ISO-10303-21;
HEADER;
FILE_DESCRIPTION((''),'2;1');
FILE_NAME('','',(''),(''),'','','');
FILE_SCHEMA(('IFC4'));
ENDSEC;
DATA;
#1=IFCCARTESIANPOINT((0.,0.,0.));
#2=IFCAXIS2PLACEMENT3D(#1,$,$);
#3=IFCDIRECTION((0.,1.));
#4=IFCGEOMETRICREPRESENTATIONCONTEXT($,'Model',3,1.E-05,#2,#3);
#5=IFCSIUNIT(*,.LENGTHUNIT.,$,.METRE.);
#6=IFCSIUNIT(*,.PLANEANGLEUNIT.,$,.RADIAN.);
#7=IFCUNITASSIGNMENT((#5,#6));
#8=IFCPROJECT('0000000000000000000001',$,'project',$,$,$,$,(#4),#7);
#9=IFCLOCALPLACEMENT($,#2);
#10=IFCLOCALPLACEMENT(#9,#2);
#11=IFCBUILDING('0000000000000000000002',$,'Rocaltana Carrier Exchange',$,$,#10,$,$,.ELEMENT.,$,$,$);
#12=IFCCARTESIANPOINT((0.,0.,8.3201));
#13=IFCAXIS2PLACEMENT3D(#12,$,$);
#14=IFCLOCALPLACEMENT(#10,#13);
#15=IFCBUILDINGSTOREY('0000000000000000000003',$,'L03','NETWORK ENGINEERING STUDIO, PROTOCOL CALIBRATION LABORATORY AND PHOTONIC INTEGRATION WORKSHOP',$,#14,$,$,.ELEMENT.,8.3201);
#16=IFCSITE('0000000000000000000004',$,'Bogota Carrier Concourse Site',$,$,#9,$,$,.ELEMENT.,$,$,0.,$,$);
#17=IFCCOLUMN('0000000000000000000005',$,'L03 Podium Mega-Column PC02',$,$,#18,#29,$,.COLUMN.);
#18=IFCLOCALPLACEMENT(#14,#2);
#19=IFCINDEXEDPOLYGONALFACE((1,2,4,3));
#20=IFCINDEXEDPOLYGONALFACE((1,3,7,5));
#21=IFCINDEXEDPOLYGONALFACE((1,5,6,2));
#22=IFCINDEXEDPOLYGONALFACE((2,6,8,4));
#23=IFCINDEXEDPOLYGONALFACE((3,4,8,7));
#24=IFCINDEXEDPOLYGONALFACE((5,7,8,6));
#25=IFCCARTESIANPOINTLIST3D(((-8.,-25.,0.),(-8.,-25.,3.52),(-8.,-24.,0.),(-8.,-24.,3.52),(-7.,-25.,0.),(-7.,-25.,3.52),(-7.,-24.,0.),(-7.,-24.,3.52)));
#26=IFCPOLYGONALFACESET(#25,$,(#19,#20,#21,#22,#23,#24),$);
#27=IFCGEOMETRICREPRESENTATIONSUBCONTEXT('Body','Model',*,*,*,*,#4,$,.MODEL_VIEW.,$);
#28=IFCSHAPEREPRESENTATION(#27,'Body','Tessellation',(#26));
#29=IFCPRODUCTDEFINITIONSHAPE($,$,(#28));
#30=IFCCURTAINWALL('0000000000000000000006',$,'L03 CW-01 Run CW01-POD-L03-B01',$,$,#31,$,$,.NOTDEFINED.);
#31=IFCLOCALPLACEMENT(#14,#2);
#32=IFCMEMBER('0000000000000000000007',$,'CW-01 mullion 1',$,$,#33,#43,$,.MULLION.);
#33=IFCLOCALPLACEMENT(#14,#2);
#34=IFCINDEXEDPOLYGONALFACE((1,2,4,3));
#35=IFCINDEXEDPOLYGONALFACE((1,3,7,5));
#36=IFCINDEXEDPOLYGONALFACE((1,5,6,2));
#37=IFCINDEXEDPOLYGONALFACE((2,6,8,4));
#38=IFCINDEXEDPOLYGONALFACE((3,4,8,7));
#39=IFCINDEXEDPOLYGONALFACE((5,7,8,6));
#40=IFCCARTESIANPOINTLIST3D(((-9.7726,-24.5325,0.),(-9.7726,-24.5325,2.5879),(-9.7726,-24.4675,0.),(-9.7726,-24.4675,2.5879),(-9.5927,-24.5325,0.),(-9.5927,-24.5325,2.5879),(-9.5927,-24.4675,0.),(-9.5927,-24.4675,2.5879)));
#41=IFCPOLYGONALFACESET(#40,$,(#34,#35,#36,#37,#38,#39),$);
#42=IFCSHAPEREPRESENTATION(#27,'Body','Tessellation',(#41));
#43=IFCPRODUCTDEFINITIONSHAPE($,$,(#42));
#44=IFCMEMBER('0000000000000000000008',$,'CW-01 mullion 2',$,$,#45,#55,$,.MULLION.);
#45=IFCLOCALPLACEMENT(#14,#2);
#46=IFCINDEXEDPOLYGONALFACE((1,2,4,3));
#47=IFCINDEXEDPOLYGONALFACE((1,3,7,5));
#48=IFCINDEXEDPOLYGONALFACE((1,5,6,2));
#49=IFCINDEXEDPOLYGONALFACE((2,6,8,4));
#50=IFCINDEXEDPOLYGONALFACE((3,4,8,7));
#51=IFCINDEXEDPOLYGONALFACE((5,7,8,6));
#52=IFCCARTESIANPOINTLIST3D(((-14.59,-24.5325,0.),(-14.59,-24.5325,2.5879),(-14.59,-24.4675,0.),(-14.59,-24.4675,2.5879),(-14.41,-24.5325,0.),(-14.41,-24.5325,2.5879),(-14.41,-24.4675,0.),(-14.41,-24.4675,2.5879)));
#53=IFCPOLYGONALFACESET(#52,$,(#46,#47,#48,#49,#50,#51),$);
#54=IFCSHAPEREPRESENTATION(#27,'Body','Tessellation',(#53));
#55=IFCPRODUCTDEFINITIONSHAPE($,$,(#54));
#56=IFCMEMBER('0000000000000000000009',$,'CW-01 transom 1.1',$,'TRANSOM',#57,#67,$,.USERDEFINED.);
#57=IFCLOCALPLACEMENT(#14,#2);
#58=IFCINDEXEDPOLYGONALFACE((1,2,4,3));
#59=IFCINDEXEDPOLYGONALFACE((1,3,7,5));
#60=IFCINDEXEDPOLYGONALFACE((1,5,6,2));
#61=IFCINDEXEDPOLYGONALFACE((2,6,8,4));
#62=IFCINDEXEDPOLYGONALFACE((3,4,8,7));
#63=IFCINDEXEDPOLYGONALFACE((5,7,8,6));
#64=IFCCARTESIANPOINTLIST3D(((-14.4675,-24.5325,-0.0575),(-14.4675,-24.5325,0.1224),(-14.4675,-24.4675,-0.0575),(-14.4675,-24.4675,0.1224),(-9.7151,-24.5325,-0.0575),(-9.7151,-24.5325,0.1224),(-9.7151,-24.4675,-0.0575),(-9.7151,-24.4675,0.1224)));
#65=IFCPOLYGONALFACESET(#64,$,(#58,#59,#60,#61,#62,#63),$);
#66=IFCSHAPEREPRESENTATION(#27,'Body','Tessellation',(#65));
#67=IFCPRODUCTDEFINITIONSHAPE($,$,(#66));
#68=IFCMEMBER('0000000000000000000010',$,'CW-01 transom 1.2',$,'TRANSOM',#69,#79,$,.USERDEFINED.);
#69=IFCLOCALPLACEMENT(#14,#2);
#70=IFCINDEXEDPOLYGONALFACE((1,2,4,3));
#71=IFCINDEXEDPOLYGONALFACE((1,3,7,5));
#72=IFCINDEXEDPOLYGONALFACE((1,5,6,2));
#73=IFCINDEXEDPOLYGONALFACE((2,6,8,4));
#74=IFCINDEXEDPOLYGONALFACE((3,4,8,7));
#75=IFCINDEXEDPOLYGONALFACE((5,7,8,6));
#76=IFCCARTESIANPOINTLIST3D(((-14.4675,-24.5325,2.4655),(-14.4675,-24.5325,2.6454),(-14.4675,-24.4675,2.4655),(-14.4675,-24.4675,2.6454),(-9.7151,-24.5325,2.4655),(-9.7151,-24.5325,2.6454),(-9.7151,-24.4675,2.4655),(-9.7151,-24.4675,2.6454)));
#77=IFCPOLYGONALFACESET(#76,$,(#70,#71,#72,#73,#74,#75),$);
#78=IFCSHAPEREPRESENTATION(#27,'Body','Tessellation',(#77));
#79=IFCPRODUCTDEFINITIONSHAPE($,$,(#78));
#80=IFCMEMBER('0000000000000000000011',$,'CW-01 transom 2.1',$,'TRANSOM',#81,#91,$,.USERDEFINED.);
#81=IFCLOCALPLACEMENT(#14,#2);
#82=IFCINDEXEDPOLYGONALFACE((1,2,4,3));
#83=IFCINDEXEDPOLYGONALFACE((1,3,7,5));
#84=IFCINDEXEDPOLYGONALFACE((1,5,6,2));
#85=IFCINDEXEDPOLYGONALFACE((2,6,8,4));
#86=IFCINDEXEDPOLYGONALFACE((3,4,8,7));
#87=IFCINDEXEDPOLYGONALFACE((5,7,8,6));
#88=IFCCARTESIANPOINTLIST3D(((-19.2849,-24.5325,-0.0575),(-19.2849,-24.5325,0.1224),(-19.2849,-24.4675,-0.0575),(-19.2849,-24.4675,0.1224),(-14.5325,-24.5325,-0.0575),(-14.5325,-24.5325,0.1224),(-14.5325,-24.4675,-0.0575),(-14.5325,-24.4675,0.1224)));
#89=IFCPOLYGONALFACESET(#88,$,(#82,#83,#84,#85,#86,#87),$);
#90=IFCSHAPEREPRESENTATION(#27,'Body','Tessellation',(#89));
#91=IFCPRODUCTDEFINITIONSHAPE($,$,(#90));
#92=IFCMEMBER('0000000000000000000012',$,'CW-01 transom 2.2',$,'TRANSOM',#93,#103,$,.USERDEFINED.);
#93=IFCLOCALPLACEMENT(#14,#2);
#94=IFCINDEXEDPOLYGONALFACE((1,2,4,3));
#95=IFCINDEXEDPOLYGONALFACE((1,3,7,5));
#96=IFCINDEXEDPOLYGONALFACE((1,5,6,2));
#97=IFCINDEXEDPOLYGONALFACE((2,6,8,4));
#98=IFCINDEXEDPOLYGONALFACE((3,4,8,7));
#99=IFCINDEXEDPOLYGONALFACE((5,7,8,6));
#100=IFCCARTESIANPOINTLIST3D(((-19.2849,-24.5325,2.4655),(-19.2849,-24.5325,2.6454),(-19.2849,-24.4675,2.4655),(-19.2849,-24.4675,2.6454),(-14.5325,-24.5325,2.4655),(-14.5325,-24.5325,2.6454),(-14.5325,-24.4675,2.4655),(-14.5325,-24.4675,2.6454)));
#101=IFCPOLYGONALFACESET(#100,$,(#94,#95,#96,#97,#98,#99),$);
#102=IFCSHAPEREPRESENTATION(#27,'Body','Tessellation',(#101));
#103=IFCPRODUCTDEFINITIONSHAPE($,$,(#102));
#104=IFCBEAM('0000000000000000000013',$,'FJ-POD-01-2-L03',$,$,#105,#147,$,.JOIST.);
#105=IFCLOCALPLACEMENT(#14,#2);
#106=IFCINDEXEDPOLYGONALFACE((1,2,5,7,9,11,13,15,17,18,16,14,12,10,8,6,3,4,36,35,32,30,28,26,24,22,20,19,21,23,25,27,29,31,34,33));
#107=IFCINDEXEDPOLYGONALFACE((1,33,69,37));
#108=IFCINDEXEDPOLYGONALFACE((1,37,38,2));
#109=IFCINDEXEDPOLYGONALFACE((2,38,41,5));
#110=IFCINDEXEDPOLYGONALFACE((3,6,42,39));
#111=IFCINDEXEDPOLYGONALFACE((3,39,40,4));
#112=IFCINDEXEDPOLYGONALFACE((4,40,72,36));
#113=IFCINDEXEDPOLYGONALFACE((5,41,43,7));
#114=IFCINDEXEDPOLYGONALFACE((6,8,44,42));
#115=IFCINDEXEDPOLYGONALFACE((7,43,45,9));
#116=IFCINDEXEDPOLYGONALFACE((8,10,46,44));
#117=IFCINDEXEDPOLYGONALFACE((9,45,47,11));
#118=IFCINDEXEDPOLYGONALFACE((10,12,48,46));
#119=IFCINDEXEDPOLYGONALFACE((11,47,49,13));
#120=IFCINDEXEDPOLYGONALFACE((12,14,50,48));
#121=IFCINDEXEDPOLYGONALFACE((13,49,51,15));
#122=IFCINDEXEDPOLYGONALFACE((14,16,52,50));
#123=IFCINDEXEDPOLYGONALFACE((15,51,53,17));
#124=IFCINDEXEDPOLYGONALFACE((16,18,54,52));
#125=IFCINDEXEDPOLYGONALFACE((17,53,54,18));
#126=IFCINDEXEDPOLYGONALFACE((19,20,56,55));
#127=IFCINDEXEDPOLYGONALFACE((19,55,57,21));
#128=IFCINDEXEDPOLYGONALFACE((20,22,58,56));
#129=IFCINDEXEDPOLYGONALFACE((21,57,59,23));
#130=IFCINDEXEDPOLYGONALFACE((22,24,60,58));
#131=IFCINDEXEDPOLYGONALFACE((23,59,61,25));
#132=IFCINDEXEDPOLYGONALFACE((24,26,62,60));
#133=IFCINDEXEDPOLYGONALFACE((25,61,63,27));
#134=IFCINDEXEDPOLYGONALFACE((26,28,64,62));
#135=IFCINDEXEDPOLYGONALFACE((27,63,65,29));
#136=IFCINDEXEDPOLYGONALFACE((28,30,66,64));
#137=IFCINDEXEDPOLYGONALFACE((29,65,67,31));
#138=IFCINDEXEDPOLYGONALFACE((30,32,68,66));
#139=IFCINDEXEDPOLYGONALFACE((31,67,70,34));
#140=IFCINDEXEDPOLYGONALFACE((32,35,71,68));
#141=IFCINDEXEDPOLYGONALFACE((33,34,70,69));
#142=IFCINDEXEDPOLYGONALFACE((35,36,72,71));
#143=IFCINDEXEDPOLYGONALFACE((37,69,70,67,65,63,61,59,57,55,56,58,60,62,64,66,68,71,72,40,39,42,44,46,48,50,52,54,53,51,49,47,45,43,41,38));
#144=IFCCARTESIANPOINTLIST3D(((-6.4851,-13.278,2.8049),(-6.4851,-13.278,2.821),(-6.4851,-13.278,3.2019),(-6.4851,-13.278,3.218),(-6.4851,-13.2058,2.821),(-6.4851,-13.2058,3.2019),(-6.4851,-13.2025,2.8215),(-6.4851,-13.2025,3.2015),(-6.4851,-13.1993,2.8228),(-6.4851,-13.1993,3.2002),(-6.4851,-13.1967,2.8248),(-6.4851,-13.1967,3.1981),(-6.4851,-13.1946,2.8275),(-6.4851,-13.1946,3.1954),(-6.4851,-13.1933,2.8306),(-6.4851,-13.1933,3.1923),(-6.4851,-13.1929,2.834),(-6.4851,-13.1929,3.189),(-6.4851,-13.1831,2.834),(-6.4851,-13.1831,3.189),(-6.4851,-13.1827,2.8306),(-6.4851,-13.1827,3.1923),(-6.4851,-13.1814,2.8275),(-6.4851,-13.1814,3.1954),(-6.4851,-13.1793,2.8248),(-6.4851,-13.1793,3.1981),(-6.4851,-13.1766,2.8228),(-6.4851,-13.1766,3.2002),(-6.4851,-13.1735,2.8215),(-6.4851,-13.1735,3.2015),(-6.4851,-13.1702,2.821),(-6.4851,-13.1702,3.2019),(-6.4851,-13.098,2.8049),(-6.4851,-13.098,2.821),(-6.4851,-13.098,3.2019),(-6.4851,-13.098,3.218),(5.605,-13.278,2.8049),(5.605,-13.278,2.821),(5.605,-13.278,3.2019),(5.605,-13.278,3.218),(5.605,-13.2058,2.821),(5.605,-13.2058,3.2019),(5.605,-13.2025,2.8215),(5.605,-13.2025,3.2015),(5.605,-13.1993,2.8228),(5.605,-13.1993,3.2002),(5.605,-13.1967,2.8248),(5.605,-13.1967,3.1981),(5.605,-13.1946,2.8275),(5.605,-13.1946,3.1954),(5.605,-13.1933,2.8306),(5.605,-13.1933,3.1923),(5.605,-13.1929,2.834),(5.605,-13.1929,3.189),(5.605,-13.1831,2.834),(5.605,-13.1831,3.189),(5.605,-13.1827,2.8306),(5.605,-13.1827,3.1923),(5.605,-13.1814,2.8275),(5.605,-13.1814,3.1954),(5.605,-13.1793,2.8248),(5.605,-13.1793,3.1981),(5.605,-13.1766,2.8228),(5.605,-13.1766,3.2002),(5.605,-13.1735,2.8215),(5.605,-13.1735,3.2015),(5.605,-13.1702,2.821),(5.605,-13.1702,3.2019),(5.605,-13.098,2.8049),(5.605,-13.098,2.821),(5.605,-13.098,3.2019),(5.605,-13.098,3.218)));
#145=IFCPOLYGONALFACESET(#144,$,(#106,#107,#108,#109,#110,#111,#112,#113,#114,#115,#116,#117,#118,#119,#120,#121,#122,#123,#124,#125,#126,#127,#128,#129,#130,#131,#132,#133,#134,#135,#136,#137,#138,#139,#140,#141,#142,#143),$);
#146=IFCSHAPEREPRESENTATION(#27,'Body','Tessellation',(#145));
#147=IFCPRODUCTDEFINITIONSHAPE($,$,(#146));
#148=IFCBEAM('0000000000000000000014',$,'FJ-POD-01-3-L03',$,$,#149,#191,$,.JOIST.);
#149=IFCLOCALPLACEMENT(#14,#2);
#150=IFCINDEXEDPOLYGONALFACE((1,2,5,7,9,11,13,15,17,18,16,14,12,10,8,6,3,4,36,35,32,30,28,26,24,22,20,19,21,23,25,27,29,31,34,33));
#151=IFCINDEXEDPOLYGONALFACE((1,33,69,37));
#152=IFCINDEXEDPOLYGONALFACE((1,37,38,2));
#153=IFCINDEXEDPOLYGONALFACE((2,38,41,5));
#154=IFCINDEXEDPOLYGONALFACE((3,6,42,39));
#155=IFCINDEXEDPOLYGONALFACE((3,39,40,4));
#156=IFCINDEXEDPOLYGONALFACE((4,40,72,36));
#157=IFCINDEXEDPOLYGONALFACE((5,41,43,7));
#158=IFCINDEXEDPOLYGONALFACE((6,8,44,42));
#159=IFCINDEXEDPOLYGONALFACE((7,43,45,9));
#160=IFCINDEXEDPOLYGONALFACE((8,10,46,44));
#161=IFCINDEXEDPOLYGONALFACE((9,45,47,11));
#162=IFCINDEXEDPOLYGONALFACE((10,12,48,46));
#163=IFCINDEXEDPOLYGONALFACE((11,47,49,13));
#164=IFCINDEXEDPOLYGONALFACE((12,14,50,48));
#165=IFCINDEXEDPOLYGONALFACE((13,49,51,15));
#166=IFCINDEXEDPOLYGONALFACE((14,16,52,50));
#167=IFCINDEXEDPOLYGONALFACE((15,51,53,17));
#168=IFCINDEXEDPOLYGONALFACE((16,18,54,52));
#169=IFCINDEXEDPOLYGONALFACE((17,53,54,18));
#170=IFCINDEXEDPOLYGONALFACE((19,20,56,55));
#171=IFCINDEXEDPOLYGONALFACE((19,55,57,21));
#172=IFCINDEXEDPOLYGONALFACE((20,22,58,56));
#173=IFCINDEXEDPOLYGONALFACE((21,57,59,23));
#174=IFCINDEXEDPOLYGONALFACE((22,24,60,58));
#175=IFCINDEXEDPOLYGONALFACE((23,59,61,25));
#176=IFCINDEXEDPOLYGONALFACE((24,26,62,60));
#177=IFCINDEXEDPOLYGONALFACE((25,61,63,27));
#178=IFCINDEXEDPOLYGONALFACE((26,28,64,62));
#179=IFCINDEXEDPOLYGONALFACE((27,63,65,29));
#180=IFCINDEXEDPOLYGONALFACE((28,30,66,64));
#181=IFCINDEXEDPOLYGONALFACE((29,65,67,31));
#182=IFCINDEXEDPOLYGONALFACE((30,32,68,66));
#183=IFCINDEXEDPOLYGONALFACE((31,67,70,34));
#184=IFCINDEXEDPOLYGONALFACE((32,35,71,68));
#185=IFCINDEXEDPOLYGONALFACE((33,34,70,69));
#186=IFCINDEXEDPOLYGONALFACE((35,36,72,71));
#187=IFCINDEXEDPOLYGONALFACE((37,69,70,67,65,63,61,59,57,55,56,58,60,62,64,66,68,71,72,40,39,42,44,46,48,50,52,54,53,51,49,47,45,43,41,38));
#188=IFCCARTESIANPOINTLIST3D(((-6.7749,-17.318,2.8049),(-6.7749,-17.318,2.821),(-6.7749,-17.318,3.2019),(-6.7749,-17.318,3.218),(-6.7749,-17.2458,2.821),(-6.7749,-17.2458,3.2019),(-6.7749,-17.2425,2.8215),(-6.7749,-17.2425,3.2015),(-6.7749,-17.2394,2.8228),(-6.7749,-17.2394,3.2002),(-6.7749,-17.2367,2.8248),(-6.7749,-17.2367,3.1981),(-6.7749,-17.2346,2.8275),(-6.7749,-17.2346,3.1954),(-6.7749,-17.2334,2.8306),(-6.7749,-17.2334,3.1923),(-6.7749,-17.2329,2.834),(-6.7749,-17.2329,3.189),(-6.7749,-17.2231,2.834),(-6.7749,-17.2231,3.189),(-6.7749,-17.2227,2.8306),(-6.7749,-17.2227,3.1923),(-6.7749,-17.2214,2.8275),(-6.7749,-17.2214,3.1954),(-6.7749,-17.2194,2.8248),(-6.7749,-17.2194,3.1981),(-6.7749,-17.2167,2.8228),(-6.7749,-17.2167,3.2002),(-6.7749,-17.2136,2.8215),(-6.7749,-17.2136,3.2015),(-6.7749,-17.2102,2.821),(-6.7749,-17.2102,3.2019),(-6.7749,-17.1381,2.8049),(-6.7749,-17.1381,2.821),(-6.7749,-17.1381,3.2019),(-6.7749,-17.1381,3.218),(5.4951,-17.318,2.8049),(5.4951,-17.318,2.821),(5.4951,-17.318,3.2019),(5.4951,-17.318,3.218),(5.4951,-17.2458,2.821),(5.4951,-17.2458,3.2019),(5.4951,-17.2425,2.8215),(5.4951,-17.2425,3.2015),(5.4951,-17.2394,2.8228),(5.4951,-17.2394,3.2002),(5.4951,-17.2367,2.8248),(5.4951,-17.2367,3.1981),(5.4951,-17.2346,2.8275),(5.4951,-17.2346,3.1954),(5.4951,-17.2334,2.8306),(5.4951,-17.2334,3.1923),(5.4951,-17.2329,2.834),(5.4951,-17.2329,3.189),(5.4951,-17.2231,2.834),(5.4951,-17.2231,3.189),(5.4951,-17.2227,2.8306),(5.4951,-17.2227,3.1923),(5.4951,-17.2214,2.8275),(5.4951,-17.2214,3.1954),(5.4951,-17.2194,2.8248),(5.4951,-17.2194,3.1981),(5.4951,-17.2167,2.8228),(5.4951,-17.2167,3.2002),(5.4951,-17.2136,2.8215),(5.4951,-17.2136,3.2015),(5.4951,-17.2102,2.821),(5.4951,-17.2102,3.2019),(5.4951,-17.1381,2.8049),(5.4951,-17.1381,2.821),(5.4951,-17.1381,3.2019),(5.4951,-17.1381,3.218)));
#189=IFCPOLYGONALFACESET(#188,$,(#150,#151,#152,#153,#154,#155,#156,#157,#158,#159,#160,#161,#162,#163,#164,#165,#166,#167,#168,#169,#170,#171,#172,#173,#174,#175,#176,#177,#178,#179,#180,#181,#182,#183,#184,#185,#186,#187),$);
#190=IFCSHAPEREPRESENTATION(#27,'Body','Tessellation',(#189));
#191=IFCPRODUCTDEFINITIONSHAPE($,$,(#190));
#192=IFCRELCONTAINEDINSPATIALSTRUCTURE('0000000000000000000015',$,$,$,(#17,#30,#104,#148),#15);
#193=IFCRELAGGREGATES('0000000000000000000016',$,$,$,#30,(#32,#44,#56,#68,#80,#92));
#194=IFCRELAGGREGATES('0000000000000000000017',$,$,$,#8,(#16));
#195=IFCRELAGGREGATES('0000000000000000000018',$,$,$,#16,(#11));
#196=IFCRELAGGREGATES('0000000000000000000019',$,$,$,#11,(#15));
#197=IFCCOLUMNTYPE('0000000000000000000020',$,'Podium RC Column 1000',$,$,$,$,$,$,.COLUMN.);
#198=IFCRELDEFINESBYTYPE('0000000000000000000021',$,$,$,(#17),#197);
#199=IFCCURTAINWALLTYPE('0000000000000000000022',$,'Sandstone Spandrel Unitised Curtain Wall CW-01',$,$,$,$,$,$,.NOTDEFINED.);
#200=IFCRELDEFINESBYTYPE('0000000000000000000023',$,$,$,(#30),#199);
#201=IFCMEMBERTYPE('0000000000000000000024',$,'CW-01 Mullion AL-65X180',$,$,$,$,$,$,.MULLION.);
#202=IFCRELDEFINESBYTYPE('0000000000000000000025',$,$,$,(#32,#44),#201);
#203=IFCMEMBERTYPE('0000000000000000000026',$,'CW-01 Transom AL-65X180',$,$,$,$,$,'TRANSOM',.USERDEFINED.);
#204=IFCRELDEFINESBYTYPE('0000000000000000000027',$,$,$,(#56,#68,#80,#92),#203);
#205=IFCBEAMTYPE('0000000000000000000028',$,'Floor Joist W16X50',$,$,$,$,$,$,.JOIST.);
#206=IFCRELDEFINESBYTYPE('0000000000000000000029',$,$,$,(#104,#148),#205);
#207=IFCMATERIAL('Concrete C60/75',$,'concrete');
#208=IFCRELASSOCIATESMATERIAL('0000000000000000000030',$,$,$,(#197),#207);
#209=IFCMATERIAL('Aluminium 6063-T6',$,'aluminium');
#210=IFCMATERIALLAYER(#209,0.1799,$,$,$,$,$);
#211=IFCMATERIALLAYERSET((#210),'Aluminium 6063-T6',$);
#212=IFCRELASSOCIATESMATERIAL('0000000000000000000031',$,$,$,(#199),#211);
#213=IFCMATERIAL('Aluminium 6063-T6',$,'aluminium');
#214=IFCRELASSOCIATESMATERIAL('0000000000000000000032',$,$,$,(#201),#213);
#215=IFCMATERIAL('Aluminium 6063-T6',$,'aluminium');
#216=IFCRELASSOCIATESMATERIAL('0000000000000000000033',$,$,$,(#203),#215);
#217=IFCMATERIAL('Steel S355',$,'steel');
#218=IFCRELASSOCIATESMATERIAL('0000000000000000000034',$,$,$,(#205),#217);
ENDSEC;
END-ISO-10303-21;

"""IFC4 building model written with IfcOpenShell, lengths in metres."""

from ifc_helpers import new_model, si_unit, direction, frame, origin, origin_2d, place, context, subcontext, project, spatial, rectangle, i_section, extrude, material, layer, layer_set, material_profile, profile_set, type_object, element, aggregate, save


model = new_model("IFC4")

# Units and contexts
model_context = context("Model", 3, precision=1e-05, world=origin(), true_north=direction((0.0, 1.0)))
body_context = subcontext(model_context, "Body", "Model", "MODEL_VIEW")
ifc_project = project(units=[si_unit("LENGTHUNIT", "METRE"), si_unit("PLANEANGLEUNIT", "RADIAN")], contexts=[model_context])

# Site, building, storey
site_placement = place(None, origin())
site = spatial("IfcSite", under=ifc_project, at=site_placement, Name="Bogota Carrier Concourse Site", CompositionType="ELEMENT", RefElevation=0.0)
building_placement = place(site_placement, origin())
building = spatial("IfcBuilding", under=site, at=building_placement, Name="Rocaltana Carrier Exchange", CompositionType="ELEMENT")
storey_placement = place(building_placement, frame((0.0, 0.0, 8.3201)))
storey = spatial("IfcBuildingStorey", under=building, at=storey_placement, Name="L03", Description="NETWORK ENGINEERING STUDIO, PROTOCOL CALIBRATION LABORATORY AND PHOTONIC INTEGRATION WORKSHOP", CompositionType="ELEMENT", Elevation=8.3201)

# Column
ifc_material_1 = material(Name="Concrete C60/75", Category="concrete")
ifc_material_profile_1 = material_profile(ifc_material_1, rectangle(XDim=1.0, YDim=1.0, at=origin_2d()), Name="RC-COL-1000X1000")
ifc_profile_set_1 = profile_set([ifc_material_profile_1], Name="Concrete C60/75")
column_type = type_object("IfcColumnType", Name="Podium RC Column 1000", PredefinedType="COLUMN", material=ifc_profile_set_1)
column_placement = place(storey_placement, frame((-7.5, -24.5, 0.0), z_axis=(0.0, 0.0, 1.0), x_axis=(1.0, 0.0, 0.0)))
element("IfcColumn", 1, at=column_placement, inside=storey, type_object=column_type, Name="L03 Podium Mega-Column PC02", PredefinedType="COLUMN", context=body_context, shape_type="SweptSolid", body=[
    extrude(rectangle(XDim=1.0, YDim=1.0, at=origin_2d()), origin(), (0.0, 0.0, 1.0), 3.52),
])

# Curtain wall, members
ifc_material_2 = material(Name="Aluminium 6063-T6", Category="aluminium")
ifc_layer_1 = layer(ifc_material_2, 0.1799)
ifc_layer_set_1 = layer_set([ifc_layer_1], Name="Aluminium 6063-T6")
curtain_wall_type = type_object("IfcCurtainWallType", Name="Sandstone Spandrel Unitised Curtain Wall CW-01", PredefinedType="NOTDEFINED", material=ifc_layer_set_1)
curtain_wall_placement = place(storey_placement, origin())
curtain_wall = element("IfcCurtainWall", 2, at=curtain_wall_placement, inside=storey, type_object=curtain_wall_type, Name="L03 CW-01 Run CW01-POD-L03-B01", PredefinedType="NOTDEFINED")
ifc_material_3 = material(Name="Aluminium 6063-T6", Category="aluminium")
ifc_material_profile_2 = material_profile(ifc_material_3, rectangle(XDim=0.0649, YDim=0.1799, at=origin_2d()), Name="AL-65X180")
ifc_profile_set_2 = profile_set([ifc_material_profile_2], Name="Aluminium 6063-T6")
member_type_1 = type_object("IfcMemberType", Name="CW-01 Mullion AL-65X180", PredefinedType="MULLION", material=ifc_profile_set_2)
member_1_placement = place(storey_placement, frame((-9.6826, -24.5, 0.0), z_axis=(0.0, 0.0, 1.0), x_axis=(0.0, -1.0, 0.0)))
member_1 = element("IfcMember", 3, at=member_1_placement, type_object=member_type_1, Name="CW-01 mullion 1", PredefinedType="MULLION", context=body_context, shape_type="SweptSolid", body=[
    extrude(rectangle(XDim=0.0649, YDim=0.1799, at=origin_2d()), origin(), (0.0, 0.0, 1.0), 2.5879),
])
member_2_placement = place(storey_placement, frame((-14.5, -24.5, 0.0), z_axis=(0.0, 0.0, 1.0), x_axis=(0.0, -1.0, 0.0)))
member_2 = element("IfcMember", 4, at=member_2_placement, type_object=member_type_1, Name="CW-01 mullion 2", PredefinedType="MULLION", context=body_context, shape_type="SweptSolid", body=[
    extrude(rectangle(XDim=0.0649, YDim=0.1799, at=origin_2d()), origin(), (0.0, 0.0, 1.0), 2.5879),
])
ifc_material_4 = material(Name="Aluminium 6063-T6", Category="aluminium")
ifc_material_profile_3 = material_profile(ifc_material_4, rectangle(XDim=0.0649, YDim=0.1799, at=origin_2d()), Name="AL-65X180")
ifc_profile_set_3 = profile_set([ifc_material_profile_3], Name="Aluminium 6063-T6")
member_type_2 = type_object("IfcMemberType", Name="CW-01 Transom AL-65X180", ElementType="TRANSOM", PredefinedType="USERDEFINED", material=ifc_profile_set_3)
member_3_placement = place(storey_placement, frame((-9.7151, -24.5, 0.0325), z_axis=(-1.0, 0.0, 0.0), x_axis=(0.0, -1.0, 0.0)))
member_3 = element("IfcMember", 5, at=member_3_placement, type_object=member_type_2, Name="CW-01 transom 1.1", ObjectType="TRANSOM", PredefinedType="USERDEFINED", context=body_context, shape_type="SweptSolid", body=[
    extrude(rectangle(XDim=0.0649, YDim=0.1799, at=origin_2d()), origin(), (0.0, 0.0, 1.0), 4.7524),
])
member_4_placement = place(storey_placement, frame((-9.7151, -24.5, 2.5554), z_axis=(-1.0, 0.0, 0.0), x_axis=(0.0, -1.0, 0.0)))
member_4 = element("IfcMember", 6, at=member_4_placement, type_object=member_type_2, Name="CW-01 transom 1.2", ObjectType="TRANSOM", PredefinedType="USERDEFINED", context=body_context, shape_type="SweptSolid", body=[
    extrude(rectangle(XDim=0.0649, YDim=0.1799, at=origin_2d()), origin(), (0.0, 0.0, 1.0), 4.7524),
])
member_5_placement = place(storey_placement, frame((-14.5325, -24.5, 0.0325), z_axis=(-1.0, 0.0, 0.0), x_axis=(0.0, -1.0, 0.0)))
member_5 = element("IfcMember", 7, at=member_5_placement, type_object=member_type_2, Name="CW-01 transom 2.1", ObjectType="TRANSOM", PredefinedType="USERDEFINED", context=body_context, shape_type="SweptSolid", body=[
    extrude(rectangle(XDim=0.0649, YDim=0.1799, at=origin_2d()), origin(), (0.0, 0.0, 1.0), 4.7524),
])
member_6_placement = place(storey_placement, frame((-14.5325, -24.5, 2.5554), z_axis=(-1.0, 0.0, 0.0), x_axis=(0.0, -1.0, 0.0)))
member_6 = element("IfcMember", 8, at=member_6_placement, type_object=member_type_2, Name="CW-01 transom 2.2", ObjectType="TRANSOM", PredefinedType="USERDEFINED", context=body_context, shape_type="SweptSolid", body=[
    extrude(rectangle(XDim=0.0649, YDim=0.1799, at=origin_2d()), origin(), (0.0, 0.0, 1.0), 4.7524),
])

# Beams
ifc_material_5 = material(Name="Steel S355", Category="steel")
ifc_material_profile_4 = material_profile(ifc_material_5, i_section(OverallWidth=0.1799, OverallDepth=0.4131, WebThickness=0.0098, FlangeThickness=0.0161, FilletRadius=0.0129, at=origin_2d()), Name="W16X50")
ifc_profile_set_4 = profile_set([ifc_material_profile_4], Name="Steel S355")
beam_type_1 = type_object("IfcBeamType", Name="Floor Joist W16X50", PredefinedType="JOIST", material=ifc_profile_set_4)
beam_1_placement = place(storey_placement, frame((-6.4851, -13.188, 3.0115), z_axis=(1.0, 0.0, 0.0), x_axis=(0.0, 1.0, 0.0)))
element("IfcBeam", 9, at=beam_1_placement, inside=storey, type_object=beam_type_1, Name="FJ-POD-01-2-L03", PredefinedType="JOIST", context=body_context, shape_type="SweptSolid", body=[
    extrude(i_section(OverallWidth=0.1799, OverallDepth=0.4131, WebThickness=0.0098, FlangeThickness=0.0161, FilletRadius=0.0129, at=origin_2d()), origin(), (0.0, 0.0, 1.0), 12.0901),
])
beam_2_placement = place(storey_placement, frame((-6.7749, -17.228, 3.0115), z_axis=(1.0, 0.0, 0.0), x_axis=(0.0, 1.0, 0.0)))
element("IfcBeam", 10, at=beam_2_placement, inside=storey, type_object=beam_type_1, Name="FJ-POD-01-3-L03", PredefinedType="JOIST", context=body_context, shape_type="SweptSolid", body=[
    extrude(i_section(OverallWidth=0.1799, OverallDepth=0.4131, WebThickness=0.0098, FlangeThickness=0.0161, FilletRadius=0.0129, at=origin_2d()), origin(), (0.0, 0.0, 1.0), 12.27),
])

aggregate(curtain_wall, [member_1, member_2, member_3, member_4, member_5, member_6])

save(model, "model.ifc")
